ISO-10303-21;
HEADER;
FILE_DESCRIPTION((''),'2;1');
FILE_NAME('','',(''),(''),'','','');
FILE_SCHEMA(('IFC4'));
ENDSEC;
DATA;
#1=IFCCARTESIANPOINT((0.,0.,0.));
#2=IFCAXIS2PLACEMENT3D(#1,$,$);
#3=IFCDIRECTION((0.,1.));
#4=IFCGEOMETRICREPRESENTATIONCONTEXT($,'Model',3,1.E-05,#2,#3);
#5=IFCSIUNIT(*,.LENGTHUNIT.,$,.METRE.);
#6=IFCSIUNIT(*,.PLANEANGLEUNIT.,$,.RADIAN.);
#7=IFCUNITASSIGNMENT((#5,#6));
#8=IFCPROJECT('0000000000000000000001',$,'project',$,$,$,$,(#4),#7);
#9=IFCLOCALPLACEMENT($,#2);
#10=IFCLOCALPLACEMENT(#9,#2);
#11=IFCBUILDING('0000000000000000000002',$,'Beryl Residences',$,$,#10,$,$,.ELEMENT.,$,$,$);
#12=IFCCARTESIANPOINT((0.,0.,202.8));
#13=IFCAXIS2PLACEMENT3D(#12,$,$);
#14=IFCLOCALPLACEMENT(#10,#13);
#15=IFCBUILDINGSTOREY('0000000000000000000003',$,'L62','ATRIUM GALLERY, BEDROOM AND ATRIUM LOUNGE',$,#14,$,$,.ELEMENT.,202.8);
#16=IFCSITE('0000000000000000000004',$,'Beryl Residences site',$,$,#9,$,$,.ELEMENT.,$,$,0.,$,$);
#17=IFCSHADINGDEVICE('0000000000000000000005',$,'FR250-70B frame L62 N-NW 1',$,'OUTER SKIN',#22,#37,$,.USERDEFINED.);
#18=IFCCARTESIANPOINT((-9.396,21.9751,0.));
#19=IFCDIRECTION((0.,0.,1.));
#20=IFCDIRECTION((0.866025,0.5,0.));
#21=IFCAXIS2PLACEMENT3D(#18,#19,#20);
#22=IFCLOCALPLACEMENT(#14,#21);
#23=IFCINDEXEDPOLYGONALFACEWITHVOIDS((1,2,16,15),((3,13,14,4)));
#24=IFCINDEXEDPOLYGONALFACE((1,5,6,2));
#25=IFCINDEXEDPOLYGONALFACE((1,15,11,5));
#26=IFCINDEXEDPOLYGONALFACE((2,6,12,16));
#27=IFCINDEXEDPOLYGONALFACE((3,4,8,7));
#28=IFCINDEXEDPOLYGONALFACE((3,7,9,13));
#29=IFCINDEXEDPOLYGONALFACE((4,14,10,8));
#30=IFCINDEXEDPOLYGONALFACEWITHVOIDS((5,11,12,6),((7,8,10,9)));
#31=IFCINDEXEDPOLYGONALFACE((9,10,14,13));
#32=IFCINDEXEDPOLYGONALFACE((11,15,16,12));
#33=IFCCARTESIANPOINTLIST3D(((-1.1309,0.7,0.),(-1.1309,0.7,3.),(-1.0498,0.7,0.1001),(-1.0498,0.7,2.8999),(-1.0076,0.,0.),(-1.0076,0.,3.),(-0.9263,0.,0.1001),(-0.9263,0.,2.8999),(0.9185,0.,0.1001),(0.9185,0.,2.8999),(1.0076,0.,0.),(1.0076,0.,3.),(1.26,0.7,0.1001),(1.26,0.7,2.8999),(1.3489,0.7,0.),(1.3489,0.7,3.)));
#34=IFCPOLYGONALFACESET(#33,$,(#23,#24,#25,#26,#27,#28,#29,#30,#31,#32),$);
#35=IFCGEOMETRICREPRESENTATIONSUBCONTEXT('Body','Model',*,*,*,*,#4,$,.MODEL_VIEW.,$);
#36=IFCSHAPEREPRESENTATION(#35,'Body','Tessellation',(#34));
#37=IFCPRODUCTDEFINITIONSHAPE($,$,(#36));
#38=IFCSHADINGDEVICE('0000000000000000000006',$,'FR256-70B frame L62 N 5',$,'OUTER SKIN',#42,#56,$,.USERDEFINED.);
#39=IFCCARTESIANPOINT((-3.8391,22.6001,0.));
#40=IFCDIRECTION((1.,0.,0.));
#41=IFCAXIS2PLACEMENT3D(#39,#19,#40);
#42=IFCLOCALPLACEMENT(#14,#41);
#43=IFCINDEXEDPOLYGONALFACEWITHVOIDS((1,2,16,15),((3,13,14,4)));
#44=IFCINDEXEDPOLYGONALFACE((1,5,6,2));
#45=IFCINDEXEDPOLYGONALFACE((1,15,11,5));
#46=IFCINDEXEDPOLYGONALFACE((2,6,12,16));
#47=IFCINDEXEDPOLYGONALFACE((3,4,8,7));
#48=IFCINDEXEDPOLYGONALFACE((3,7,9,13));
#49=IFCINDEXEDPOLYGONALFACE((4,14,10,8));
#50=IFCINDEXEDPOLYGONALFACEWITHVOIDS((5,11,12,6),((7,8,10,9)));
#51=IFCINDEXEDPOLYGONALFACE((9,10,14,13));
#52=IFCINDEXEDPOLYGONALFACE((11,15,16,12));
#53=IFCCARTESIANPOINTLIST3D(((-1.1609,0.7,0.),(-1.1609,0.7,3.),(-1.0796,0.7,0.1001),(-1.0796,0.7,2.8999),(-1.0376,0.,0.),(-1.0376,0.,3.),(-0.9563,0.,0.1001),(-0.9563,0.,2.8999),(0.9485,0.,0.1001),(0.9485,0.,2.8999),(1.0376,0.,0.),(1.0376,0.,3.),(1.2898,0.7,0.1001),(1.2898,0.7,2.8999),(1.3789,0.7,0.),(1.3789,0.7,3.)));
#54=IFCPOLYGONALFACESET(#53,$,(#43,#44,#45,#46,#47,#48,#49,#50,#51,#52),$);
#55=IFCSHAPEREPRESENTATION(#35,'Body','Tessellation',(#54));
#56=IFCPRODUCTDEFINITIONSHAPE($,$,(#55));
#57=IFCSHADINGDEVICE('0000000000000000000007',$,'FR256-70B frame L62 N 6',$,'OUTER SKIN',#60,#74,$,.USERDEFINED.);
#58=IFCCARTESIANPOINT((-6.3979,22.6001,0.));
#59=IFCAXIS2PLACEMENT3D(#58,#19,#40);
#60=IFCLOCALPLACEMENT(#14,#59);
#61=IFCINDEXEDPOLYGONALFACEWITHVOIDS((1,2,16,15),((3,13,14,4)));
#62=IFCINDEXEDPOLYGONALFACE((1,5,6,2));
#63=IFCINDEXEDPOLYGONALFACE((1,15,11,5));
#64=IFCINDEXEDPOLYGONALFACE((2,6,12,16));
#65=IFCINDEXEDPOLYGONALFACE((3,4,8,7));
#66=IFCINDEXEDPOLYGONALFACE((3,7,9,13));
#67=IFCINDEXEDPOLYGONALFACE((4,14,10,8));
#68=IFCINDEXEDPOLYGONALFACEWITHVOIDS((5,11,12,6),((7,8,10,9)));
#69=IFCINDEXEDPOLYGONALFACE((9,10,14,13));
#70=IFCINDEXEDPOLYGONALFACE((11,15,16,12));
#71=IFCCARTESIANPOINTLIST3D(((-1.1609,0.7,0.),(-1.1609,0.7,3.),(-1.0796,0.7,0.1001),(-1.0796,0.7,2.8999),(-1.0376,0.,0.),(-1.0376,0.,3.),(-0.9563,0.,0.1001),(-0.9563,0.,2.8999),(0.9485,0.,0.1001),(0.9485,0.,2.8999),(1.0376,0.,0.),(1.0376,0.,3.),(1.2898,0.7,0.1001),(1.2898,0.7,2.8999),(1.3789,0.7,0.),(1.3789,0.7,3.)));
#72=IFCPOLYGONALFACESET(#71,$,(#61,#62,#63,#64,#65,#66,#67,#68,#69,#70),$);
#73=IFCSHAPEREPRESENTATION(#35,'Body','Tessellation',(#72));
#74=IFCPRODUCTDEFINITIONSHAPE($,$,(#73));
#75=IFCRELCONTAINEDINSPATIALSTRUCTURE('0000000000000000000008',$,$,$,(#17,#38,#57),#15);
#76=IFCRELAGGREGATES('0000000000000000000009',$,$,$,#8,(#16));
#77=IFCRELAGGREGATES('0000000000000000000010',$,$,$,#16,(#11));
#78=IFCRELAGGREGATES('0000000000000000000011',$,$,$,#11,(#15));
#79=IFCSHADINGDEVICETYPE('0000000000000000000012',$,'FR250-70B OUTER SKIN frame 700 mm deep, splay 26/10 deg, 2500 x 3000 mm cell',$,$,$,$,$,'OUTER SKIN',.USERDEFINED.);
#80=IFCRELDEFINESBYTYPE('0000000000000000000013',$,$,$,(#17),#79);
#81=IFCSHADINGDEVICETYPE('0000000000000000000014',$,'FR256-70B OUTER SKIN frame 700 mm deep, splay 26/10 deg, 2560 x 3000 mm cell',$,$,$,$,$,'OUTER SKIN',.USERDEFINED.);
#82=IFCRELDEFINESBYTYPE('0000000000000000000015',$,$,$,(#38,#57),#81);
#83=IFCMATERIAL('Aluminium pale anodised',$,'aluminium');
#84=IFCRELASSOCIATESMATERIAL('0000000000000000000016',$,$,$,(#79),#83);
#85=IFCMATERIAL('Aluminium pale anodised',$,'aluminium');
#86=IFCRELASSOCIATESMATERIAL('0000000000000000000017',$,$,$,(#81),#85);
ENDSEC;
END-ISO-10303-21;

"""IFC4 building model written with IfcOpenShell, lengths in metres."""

from ifc_helpers import new_model, entity, si_unit, direction, frame, origin, place, context, subcontext, project, spatial, source, transform, mapped, material, type_object, type_shapes, element, save


model = new_model("IFC4")

# Units and contexts
model_context = context("Model", 3, precision=1e-05, world=origin(), true_north=direction((0.0, 1.0)))
body_context = subcontext(model_context, "Body", "Model", "MODEL_VIEW")
ifc_project = project(units=[si_unit("LENGTHUNIT", "METRE"), si_unit("PLANEANGLEUNIT", "RADIAN")], contexts=[model_context])

# Site, building, storey
site_placement = place(None, origin())
site = spatial("IfcSite", under=ifc_project, at=site_placement, Name="Beryl Residences site", CompositionType="ELEMENT", RefElevation=0.0)
building_placement = place(site_placement, origin())
building = spatial("IfcBuilding", under=site, at=building_placement, Name="Beryl Residences", CompositionType="ELEMENT")
storey_placement = place(building_placement, frame((0.0, 0.0, 202.8)))
storey = spatial("IfcBuildingStorey", under=building, at=storey_placement, Name="L62", Description="ATRIUM GALLERY, BEDROOM AND ATRIUM LOUNGE", CompositionType="ELEMENT", Elevation=202.8)

# Shading devices
ifc_material_1 = material(Name="Aluminium pale anodised", Category="aluminium")
shading_device_type_1 = type_object("IfcShadingDeviceType", Name="FR250-70B OUTER SKIN frame 700 mm deep, splay 26/10 deg, 2500 x 3000 mm cell", ElementType="OUTER SKIN", PredefinedType="USERDEFINED", material=ifc_material_1)
cartesian_point_1 = entity("IfcCartesianPoint", [-1.0076, 0.0])
cartesian_point_2 = entity("IfcCartesianPoint", [-0.9185, 0.1001])
cartesian_point_3 = entity("IfcCartesianPoint", [-1.3489, 0.0])
cartesian_point_4 = entity("IfcCartesianPoint", [-1.26, 0.1001])
shared_shape_1 = source(origin(), body_context, "Body", "SweptSolid", [
    entity("IfcExtrudedAreaSolidTapered", entity("IfcArbitraryProfileDefWithVoids", "AREA", None, entity("IfcPolyline", [cartesian_point_1, entity("IfcCartesianPoint", [1.0076, 0.0]), entity("IfcCartesianPoint", [1.0076, 3.0]), entity("IfcCartesianPoint", [-1.0076, 3.0]), cartesian_point_1]), [entity("IfcPolyline", [cartesian_point_2, entity("IfcCartesianPoint", [0.9263, 0.1001]), entity("IfcCartesianPoint", [0.9263, 2.8999]), entity("IfcCartesianPoint", [-0.9185, 2.8999]), cartesian_point_2])]), entity("IfcAxis2Placement3D", entity("IfcCartesianPoint", [0.0, 0.0, 0.0]), entity("IfcDirection", [0.0, 1.0, 0.0]), entity("IfcDirection", [-1.0, 0.0, 0.0])), entity("IfcDirection", [0.0, 0.0, 1.0]), 0.7, entity("IfcArbitraryProfileDefWithVoids", "AREA", None, entity("IfcPolyline", [cartesian_point_3, entity("IfcCartesianPoint", [1.1309, 0.0]), entity("IfcCartesianPoint", [1.1309, 3.0]), entity("IfcCartesianPoint", [-1.3489, 3.0]), cartesian_point_3]), [entity("IfcPolyline", [cartesian_point_4, entity("IfcCartesianPoint", [1.0498, 0.1001]), entity("IfcCartesianPoint", [1.0498, 2.8999]), entity("IfcCartesianPoint", [-1.26, 2.8999]), cartesian_point_4])])),
])
type_shapes(shading_device_type_1, [shared_shape_1])
shading_device_placement = place(storey_placement, frame((-9.396, 21.9751, 0.0), z_axis=(0.0, 0.0, 1.0), x_axis=(0.866025, 0.5, 0.0)))
element("IfcShadingDevice", 1, at=shading_device_placement, inside=storey, type_object=shading_device_type_1, Name="FR250-70B frame L62 N-NW 1", ObjectType="OUTER SKIN", PredefinedType="USERDEFINED", context=body_context, shape_type="MappedRepresentation", body=[
    mapped(shared_shape_1, transform((0.0, 0.0, 0.0))),
])
ifc_material_2 = material(Name="Aluminium pale anodised", Category="aluminium")
shading_device_type_2 = type_object("IfcShadingDeviceType", Name="FR256-70B OUTER SKIN frame 700 mm deep, splay 26/10 deg, 2560 x 3000 mm cell", ElementType="OUTER SKIN", PredefinedType="USERDEFINED", material=ifc_material_2)
cartesian_point_5 = entity("IfcCartesianPoint", [-1.0376, 0.0])
cartesian_point_6 = entity("IfcCartesianPoint", [-0.9485, 0.1001])
cartesian_point_7 = entity("IfcCartesianPoint", [-1.3789, 0.0])
cartesian_point_8 = entity("IfcCartesianPoint", [-1.2898, 0.1001])
shared_shape_2 = source(origin(), body_context, "Body", "SweptSolid", [
    entity("IfcExtrudedAreaSolidTapered", entity("IfcArbitraryProfileDefWithVoids", "AREA", None, entity("IfcPolyline", [cartesian_point_5, entity("IfcCartesianPoint", [1.0376, 0.0]), entity("IfcCartesianPoint", [1.0376, 3.0]), entity("IfcCartesianPoint", [-1.0376, 3.0]), cartesian_point_5]), [entity("IfcPolyline", [cartesian_point_6, entity("IfcCartesianPoint", [0.9563, 0.1001]), entity("IfcCartesianPoint", [0.9563, 2.8999]), entity("IfcCartesianPoint", [-0.9485, 2.8999]), cartesian_point_6])]), entity("IfcAxis2Placement3D", entity("IfcCartesianPoint", [0.0, 0.0, 0.0]), entity("IfcDirection", [0.0, 1.0, 0.0]), entity("IfcDirection", [-1.0, 0.0, 0.0])), entity("IfcDirection", [0.0, 0.0, 1.0]), 0.7, entity("IfcArbitraryProfileDefWithVoids", "AREA", None, entity("IfcPolyline", [cartesian_point_7, entity("IfcCartesianPoint", [1.1609, 0.0]), entity("IfcCartesianPoint", [1.1609, 3.0]), entity("IfcCartesianPoint", [-1.3789, 3.0]), cartesian_point_7]), [entity("IfcPolyline", [cartesian_point_8, entity("IfcCartesianPoint", [1.0796, 0.1001]), entity("IfcCartesianPoint", [1.0796, 2.8999]), entity("IfcCartesianPoint", [-1.2898, 2.8999]), cartesian_point_8])])),
])
type_shapes(shading_device_type_2, [shared_shape_2])
for number, where, z_axis, x_axis, name in (
    (2, (-3.8391, 22.6001, 0.0), (0.0, 0.0, 1.0), (1.0, 0.0, 0.0), "FR256-70B frame L62 N 5"),
    (3, (-6.3979, 22.6001, 0.0), (0.0, 0.0, 1.0), (1.0, 0.0, 0.0), "FR256-70B frame L62 N 6"),
):
    element("IfcShadingDevice", number, at=place(storey_placement, frame(where, z_axis=z_axis, x_axis=x_axis)), inside=storey, type_object=shading_device_type_2, Name=name, ObjectType="OUTER SKIN", PredefinedType="USERDEFINED", context=body_context, shape_type="MappedRepresentation", body=[
        mapped(shared_shape_2, transform((0.0, 0.0, 0.0))),
    ])

save(model, "model.ifc")
